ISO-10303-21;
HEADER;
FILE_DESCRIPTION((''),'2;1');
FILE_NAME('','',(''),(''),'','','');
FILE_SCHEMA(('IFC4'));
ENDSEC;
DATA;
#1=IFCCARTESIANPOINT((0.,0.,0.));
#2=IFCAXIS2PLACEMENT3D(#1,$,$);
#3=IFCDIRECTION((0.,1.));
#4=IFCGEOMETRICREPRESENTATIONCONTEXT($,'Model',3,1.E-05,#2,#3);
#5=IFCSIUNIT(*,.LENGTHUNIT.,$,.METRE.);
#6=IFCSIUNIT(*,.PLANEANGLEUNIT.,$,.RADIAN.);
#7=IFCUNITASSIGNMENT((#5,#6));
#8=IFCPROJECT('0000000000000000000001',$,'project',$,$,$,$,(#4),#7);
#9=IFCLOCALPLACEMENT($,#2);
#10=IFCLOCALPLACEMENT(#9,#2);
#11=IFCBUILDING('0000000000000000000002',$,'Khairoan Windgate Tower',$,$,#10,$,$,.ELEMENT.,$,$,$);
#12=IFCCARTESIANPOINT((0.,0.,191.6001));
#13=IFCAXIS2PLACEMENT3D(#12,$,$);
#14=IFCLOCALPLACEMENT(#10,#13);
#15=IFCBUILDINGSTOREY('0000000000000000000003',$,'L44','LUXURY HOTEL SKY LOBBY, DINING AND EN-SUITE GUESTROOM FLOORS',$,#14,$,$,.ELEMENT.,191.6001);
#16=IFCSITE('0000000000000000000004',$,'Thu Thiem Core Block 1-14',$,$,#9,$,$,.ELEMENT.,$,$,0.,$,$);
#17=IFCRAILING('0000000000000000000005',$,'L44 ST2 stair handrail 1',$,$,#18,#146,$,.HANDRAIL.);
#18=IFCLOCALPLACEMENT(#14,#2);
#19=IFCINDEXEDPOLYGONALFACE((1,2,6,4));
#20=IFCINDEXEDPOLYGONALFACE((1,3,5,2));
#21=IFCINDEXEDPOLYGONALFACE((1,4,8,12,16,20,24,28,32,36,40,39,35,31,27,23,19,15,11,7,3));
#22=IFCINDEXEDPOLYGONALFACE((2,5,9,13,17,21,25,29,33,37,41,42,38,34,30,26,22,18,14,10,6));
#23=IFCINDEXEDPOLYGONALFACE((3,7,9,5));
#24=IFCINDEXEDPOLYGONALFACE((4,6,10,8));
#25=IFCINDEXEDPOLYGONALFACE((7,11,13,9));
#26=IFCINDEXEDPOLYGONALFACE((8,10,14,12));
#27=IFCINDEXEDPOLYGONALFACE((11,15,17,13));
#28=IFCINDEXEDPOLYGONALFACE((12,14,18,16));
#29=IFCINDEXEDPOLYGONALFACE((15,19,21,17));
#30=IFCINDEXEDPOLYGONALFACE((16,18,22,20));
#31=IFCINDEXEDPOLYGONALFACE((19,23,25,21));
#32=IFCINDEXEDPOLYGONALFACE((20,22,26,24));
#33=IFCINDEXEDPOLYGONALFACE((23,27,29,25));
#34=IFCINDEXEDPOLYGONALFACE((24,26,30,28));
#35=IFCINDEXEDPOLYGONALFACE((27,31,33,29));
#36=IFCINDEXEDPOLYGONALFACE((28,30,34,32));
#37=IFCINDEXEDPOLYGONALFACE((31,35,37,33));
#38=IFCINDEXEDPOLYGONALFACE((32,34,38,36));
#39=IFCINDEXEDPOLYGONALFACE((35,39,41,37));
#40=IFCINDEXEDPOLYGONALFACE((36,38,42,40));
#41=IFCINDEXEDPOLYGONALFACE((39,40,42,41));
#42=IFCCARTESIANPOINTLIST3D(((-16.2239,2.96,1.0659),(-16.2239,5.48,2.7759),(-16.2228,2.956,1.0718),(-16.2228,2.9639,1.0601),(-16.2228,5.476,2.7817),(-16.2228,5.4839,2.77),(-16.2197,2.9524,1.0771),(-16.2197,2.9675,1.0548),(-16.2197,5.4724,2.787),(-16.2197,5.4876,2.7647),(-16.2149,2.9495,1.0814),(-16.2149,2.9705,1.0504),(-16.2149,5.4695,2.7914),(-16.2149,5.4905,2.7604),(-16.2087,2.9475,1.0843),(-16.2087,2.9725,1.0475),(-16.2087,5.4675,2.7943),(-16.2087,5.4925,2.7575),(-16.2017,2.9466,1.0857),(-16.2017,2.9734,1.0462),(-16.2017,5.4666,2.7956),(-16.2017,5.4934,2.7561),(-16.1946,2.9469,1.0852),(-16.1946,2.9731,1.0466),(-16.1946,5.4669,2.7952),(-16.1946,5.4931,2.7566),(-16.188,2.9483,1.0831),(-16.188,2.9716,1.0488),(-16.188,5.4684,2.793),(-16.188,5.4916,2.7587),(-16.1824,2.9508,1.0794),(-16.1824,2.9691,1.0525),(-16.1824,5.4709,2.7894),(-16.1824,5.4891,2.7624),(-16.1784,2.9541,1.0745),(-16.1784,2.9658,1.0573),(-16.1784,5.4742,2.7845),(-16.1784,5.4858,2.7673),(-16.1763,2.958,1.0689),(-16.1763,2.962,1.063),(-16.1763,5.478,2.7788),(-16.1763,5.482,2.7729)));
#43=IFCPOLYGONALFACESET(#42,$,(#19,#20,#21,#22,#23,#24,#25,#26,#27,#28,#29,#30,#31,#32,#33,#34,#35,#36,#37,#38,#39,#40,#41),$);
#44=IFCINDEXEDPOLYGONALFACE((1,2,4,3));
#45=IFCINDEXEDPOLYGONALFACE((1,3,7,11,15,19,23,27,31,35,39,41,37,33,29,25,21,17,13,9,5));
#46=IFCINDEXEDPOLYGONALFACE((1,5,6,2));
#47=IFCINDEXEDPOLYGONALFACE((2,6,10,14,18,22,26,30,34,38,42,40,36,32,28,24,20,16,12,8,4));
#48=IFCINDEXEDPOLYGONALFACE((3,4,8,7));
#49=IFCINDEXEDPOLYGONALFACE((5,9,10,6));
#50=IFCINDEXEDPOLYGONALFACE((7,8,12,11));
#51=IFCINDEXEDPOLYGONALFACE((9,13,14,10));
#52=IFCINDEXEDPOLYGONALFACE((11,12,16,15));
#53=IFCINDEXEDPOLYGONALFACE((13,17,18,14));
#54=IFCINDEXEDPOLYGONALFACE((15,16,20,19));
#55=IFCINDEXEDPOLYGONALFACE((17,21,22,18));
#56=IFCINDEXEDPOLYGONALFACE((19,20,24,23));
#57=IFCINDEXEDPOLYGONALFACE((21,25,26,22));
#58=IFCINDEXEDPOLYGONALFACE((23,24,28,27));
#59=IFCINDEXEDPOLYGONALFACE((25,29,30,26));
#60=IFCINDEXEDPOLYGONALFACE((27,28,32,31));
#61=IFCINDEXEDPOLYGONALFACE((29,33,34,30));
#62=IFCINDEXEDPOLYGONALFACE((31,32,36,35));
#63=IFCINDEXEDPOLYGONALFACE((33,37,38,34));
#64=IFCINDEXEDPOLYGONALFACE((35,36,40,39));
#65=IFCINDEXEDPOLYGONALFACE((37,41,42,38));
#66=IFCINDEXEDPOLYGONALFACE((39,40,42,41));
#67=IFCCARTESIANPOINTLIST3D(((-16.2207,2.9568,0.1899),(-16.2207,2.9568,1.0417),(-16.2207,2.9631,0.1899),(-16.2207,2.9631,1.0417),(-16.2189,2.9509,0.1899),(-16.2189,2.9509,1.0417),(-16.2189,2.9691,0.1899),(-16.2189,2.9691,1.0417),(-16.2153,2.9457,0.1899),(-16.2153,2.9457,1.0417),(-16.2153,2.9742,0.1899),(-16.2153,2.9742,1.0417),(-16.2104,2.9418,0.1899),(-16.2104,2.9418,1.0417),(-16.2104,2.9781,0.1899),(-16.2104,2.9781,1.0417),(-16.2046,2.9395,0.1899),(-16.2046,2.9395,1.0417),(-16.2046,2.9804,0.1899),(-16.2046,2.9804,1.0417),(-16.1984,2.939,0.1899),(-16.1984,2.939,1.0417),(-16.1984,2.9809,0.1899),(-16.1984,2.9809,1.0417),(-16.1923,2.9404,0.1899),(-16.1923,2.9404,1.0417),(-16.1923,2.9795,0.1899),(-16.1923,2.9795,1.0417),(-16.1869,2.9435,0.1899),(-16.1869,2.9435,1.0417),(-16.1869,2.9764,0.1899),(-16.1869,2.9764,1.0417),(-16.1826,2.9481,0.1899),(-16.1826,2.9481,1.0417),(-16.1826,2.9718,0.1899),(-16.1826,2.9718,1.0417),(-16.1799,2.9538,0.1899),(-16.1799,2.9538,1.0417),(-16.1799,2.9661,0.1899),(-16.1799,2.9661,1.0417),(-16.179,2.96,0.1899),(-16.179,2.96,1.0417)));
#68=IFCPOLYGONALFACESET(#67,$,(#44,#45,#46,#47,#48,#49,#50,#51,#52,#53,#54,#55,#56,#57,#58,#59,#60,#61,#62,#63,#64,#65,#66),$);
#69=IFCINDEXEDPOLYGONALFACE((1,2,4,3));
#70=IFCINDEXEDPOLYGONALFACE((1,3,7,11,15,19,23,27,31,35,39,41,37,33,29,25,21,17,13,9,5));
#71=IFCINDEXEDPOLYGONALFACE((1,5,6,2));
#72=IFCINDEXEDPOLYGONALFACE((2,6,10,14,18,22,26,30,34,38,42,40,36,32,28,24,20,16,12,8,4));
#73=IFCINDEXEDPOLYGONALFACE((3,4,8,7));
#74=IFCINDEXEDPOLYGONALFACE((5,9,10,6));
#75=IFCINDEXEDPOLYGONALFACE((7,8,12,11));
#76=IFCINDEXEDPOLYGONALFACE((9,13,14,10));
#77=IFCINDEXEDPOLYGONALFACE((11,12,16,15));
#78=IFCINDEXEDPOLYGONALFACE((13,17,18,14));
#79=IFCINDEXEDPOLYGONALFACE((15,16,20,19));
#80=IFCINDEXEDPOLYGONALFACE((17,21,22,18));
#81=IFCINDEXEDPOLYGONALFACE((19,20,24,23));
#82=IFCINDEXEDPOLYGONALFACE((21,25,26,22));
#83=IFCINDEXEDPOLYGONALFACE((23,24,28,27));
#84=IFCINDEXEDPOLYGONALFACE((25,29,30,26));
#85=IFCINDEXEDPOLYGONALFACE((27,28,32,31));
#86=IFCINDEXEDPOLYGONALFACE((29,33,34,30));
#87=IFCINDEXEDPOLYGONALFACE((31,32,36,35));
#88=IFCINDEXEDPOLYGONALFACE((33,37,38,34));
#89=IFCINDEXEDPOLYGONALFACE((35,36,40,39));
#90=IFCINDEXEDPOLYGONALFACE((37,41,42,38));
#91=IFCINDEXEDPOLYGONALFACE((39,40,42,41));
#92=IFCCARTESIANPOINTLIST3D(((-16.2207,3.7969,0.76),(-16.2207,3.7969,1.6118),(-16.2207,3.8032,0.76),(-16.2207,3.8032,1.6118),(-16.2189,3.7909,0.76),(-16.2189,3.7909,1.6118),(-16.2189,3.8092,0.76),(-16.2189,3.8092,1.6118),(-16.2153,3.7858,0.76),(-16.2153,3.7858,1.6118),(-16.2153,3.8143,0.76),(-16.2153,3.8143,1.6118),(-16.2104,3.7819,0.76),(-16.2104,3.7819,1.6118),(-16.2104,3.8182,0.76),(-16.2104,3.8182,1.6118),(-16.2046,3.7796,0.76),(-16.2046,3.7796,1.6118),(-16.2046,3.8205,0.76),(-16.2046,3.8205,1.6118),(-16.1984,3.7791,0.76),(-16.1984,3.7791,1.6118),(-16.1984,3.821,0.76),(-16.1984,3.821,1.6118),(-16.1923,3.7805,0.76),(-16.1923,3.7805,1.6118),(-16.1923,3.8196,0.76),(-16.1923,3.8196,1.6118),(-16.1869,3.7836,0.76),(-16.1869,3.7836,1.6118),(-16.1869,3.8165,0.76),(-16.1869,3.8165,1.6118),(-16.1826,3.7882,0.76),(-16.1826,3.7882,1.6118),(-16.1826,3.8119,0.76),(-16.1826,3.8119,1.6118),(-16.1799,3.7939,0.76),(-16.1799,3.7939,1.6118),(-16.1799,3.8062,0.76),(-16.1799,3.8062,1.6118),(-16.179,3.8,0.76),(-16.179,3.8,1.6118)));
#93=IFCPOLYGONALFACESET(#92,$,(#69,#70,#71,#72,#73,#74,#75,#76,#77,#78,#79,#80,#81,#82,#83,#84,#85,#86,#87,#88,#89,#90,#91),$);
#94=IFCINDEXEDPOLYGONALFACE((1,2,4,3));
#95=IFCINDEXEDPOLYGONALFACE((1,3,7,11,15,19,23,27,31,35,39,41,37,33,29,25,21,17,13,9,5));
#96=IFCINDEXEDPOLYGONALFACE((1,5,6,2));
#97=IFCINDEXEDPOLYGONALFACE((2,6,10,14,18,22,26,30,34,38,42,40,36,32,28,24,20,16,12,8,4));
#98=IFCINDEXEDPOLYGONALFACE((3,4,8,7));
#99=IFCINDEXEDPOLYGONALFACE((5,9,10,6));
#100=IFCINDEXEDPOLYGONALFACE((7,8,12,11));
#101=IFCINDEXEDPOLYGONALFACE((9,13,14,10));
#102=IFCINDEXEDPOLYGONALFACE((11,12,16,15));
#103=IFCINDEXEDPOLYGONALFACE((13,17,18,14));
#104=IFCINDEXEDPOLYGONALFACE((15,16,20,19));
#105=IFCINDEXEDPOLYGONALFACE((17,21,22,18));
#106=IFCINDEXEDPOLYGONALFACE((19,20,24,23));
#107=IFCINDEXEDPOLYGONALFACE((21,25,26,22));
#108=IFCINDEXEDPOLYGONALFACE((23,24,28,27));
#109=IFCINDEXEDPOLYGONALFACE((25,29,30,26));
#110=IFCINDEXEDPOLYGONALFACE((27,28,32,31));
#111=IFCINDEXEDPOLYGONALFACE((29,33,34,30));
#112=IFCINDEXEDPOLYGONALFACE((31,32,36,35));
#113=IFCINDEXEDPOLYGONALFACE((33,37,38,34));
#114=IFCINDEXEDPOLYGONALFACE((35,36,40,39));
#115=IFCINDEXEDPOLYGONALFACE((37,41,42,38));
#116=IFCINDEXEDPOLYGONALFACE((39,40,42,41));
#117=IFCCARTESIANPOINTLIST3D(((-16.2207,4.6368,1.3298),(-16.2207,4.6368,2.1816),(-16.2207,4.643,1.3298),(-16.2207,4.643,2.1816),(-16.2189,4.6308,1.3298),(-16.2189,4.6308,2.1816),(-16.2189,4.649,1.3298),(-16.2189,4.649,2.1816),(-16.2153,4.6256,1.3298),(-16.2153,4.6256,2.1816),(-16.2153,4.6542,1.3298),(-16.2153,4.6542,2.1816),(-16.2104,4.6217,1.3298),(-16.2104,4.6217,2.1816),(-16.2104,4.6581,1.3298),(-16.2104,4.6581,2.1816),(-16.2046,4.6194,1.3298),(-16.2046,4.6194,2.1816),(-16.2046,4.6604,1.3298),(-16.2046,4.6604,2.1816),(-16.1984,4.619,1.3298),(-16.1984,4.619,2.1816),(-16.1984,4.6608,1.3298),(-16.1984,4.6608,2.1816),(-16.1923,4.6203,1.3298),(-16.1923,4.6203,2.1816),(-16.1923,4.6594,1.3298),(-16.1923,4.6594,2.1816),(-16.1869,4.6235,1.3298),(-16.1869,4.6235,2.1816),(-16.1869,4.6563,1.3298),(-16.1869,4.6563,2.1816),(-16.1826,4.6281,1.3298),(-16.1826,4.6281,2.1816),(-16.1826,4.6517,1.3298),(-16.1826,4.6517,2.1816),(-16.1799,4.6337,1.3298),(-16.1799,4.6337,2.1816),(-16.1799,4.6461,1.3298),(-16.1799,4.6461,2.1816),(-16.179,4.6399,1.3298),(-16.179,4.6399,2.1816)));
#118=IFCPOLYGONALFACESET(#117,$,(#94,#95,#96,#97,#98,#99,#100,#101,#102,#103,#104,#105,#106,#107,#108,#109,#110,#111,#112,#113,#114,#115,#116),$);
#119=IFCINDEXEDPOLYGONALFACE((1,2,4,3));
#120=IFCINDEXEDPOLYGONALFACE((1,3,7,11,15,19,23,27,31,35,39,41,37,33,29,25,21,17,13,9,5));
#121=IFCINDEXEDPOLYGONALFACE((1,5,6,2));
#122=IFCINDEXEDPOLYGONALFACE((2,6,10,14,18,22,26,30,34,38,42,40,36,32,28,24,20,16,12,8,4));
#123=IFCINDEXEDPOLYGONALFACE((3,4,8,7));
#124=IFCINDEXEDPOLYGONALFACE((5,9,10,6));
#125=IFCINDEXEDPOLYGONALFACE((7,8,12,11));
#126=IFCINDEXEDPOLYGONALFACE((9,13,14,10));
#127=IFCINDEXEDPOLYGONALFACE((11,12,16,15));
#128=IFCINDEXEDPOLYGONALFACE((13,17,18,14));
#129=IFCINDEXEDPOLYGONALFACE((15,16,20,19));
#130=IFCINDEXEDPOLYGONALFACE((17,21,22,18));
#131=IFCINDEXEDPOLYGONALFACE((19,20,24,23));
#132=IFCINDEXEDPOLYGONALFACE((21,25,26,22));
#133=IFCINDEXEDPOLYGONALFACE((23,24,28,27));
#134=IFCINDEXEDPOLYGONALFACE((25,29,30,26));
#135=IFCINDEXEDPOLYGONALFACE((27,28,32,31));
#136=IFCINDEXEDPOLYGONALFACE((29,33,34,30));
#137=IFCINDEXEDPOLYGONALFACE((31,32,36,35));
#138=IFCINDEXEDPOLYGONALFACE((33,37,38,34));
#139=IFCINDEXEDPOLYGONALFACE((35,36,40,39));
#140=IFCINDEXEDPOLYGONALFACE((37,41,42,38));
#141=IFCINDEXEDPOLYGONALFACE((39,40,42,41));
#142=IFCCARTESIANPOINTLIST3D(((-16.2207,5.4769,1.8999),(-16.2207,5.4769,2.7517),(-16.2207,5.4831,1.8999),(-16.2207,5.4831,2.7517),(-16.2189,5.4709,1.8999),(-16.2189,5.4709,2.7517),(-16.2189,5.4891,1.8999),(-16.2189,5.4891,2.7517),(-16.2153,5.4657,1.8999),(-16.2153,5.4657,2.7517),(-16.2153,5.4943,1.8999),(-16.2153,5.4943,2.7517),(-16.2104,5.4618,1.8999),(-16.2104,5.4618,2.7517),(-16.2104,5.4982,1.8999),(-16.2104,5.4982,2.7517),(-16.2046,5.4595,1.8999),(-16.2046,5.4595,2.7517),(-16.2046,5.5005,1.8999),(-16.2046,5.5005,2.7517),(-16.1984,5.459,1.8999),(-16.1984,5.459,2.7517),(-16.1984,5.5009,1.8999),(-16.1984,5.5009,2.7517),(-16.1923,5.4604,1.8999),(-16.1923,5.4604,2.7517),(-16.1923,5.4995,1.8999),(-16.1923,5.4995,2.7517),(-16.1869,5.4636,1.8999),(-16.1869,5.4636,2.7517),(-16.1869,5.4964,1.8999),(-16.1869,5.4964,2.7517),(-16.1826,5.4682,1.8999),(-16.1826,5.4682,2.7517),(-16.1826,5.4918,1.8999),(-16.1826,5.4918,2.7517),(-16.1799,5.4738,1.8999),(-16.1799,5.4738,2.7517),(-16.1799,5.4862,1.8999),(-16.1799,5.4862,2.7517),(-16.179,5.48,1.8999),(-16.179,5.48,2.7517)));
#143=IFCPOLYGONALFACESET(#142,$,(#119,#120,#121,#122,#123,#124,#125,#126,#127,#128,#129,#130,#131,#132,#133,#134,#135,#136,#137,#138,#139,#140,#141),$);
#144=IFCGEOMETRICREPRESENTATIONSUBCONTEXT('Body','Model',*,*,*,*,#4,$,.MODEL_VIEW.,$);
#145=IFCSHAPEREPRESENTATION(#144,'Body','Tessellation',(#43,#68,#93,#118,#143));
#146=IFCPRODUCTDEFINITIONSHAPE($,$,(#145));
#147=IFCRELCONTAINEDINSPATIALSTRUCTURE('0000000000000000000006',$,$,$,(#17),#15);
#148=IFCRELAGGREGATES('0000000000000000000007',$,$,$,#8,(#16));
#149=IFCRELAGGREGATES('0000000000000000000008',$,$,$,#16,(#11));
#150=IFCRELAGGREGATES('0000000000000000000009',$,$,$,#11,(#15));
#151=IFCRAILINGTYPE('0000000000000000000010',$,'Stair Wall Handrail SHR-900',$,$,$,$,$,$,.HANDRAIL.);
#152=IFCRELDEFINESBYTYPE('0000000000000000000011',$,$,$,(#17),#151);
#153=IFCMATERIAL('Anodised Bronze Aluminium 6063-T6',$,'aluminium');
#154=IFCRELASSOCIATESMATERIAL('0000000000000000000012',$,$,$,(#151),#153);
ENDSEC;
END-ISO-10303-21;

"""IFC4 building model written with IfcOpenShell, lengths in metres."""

from ifc_helpers import new_model, si_unit, direction, frame, origin, origin_2d, place, context, subcontext, project, spatial, circle, extrude, material, type_object, element, save


model = new_model("IFC4")

# Units and contexts
model_context = context("Model", 3, precision=1e-05, world=origin(), true_north=direction((0.0, 1.0)))
body_context = subcontext(model_context, "Body", "Model", "MODEL_VIEW")
ifc_project = project(units=[si_unit("LENGTHUNIT", "METRE"), si_unit("PLANEANGLEUNIT", "RADIAN")], contexts=[model_context])

# Site, building, storey
site_placement = place(None, origin())
site = spatial("IfcSite", under=ifc_project, at=site_placement, Name="Thu Thiem Core Block 1-14", CompositionType="ELEMENT", RefElevation=0.0)
building_placement = place(site_placement, origin())
building = spatial("IfcBuilding", under=site, at=building_placement, Name="Khairoan Windgate Tower", CompositionType="ELEMENT")
storey_placement = place(building_placement, frame((0.0, 0.0, 191.6001)))
storey = spatial("IfcBuildingStorey", under=building, at=storey_placement, Name="L44", Description="LUXURY HOTEL SKY LOBBY, DINING AND EN-SUITE GUESTROOM FLOORS", CompositionType="ELEMENT", Elevation=191.6001)

# Railing
ifc_material_1 = material(Name="Anodised Bronze Aluminium 6063-T6", Category="aluminium")
railing_type_1 = type_object("IfcRailingType", Name="Stair Wall Handrail SHR-900", PredefinedType="HANDRAIL", material=ifc_material_1)
railing_1_placement = place(storey_placement, frame((-16.2, 2.96, 0.1899)))
element("IfcRailing", 1, at=railing_1_placement, inside=storey, type_object=railing_type_1, Name="L44 ST2 stair handrail 1", PredefinedType="HANDRAIL", context=body_context, shape_type="SweptSolid", body=[
    extrude(circle(Radius=0.0239, at=origin_2d()), frame((0.0, 0.0, 0.876), z_axis=(0.0, 0.827484, 0.56149), x_axis=(-1.0, 0.0, 0.0)), (0.0, 0.0, 1.0), 3.0454),
    extrude(circle(Radius=0.021, at=origin_2d()), origin(), (0.0, 0.0, 1.0), 0.8518),
    extrude(circle(Radius=0.021, at=origin_2d()), frame((0.0, 0.8401, 0.5701)), (0.0, 0.0, 1.0), 0.8518),
    extrude(circle(Radius=0.021, at=origin_2d()), frame((0.0, 1.6799, 1.1399)), (0.0, 0.0, 1.0), 0.8518),
    extrude(circle(Radius=0.021, at=origin_2d()), frame((0.0, 2.52, 1.71)), (0.0, 0.0, 1.0), 0.8518),
])

save(model, "model.ifc")
